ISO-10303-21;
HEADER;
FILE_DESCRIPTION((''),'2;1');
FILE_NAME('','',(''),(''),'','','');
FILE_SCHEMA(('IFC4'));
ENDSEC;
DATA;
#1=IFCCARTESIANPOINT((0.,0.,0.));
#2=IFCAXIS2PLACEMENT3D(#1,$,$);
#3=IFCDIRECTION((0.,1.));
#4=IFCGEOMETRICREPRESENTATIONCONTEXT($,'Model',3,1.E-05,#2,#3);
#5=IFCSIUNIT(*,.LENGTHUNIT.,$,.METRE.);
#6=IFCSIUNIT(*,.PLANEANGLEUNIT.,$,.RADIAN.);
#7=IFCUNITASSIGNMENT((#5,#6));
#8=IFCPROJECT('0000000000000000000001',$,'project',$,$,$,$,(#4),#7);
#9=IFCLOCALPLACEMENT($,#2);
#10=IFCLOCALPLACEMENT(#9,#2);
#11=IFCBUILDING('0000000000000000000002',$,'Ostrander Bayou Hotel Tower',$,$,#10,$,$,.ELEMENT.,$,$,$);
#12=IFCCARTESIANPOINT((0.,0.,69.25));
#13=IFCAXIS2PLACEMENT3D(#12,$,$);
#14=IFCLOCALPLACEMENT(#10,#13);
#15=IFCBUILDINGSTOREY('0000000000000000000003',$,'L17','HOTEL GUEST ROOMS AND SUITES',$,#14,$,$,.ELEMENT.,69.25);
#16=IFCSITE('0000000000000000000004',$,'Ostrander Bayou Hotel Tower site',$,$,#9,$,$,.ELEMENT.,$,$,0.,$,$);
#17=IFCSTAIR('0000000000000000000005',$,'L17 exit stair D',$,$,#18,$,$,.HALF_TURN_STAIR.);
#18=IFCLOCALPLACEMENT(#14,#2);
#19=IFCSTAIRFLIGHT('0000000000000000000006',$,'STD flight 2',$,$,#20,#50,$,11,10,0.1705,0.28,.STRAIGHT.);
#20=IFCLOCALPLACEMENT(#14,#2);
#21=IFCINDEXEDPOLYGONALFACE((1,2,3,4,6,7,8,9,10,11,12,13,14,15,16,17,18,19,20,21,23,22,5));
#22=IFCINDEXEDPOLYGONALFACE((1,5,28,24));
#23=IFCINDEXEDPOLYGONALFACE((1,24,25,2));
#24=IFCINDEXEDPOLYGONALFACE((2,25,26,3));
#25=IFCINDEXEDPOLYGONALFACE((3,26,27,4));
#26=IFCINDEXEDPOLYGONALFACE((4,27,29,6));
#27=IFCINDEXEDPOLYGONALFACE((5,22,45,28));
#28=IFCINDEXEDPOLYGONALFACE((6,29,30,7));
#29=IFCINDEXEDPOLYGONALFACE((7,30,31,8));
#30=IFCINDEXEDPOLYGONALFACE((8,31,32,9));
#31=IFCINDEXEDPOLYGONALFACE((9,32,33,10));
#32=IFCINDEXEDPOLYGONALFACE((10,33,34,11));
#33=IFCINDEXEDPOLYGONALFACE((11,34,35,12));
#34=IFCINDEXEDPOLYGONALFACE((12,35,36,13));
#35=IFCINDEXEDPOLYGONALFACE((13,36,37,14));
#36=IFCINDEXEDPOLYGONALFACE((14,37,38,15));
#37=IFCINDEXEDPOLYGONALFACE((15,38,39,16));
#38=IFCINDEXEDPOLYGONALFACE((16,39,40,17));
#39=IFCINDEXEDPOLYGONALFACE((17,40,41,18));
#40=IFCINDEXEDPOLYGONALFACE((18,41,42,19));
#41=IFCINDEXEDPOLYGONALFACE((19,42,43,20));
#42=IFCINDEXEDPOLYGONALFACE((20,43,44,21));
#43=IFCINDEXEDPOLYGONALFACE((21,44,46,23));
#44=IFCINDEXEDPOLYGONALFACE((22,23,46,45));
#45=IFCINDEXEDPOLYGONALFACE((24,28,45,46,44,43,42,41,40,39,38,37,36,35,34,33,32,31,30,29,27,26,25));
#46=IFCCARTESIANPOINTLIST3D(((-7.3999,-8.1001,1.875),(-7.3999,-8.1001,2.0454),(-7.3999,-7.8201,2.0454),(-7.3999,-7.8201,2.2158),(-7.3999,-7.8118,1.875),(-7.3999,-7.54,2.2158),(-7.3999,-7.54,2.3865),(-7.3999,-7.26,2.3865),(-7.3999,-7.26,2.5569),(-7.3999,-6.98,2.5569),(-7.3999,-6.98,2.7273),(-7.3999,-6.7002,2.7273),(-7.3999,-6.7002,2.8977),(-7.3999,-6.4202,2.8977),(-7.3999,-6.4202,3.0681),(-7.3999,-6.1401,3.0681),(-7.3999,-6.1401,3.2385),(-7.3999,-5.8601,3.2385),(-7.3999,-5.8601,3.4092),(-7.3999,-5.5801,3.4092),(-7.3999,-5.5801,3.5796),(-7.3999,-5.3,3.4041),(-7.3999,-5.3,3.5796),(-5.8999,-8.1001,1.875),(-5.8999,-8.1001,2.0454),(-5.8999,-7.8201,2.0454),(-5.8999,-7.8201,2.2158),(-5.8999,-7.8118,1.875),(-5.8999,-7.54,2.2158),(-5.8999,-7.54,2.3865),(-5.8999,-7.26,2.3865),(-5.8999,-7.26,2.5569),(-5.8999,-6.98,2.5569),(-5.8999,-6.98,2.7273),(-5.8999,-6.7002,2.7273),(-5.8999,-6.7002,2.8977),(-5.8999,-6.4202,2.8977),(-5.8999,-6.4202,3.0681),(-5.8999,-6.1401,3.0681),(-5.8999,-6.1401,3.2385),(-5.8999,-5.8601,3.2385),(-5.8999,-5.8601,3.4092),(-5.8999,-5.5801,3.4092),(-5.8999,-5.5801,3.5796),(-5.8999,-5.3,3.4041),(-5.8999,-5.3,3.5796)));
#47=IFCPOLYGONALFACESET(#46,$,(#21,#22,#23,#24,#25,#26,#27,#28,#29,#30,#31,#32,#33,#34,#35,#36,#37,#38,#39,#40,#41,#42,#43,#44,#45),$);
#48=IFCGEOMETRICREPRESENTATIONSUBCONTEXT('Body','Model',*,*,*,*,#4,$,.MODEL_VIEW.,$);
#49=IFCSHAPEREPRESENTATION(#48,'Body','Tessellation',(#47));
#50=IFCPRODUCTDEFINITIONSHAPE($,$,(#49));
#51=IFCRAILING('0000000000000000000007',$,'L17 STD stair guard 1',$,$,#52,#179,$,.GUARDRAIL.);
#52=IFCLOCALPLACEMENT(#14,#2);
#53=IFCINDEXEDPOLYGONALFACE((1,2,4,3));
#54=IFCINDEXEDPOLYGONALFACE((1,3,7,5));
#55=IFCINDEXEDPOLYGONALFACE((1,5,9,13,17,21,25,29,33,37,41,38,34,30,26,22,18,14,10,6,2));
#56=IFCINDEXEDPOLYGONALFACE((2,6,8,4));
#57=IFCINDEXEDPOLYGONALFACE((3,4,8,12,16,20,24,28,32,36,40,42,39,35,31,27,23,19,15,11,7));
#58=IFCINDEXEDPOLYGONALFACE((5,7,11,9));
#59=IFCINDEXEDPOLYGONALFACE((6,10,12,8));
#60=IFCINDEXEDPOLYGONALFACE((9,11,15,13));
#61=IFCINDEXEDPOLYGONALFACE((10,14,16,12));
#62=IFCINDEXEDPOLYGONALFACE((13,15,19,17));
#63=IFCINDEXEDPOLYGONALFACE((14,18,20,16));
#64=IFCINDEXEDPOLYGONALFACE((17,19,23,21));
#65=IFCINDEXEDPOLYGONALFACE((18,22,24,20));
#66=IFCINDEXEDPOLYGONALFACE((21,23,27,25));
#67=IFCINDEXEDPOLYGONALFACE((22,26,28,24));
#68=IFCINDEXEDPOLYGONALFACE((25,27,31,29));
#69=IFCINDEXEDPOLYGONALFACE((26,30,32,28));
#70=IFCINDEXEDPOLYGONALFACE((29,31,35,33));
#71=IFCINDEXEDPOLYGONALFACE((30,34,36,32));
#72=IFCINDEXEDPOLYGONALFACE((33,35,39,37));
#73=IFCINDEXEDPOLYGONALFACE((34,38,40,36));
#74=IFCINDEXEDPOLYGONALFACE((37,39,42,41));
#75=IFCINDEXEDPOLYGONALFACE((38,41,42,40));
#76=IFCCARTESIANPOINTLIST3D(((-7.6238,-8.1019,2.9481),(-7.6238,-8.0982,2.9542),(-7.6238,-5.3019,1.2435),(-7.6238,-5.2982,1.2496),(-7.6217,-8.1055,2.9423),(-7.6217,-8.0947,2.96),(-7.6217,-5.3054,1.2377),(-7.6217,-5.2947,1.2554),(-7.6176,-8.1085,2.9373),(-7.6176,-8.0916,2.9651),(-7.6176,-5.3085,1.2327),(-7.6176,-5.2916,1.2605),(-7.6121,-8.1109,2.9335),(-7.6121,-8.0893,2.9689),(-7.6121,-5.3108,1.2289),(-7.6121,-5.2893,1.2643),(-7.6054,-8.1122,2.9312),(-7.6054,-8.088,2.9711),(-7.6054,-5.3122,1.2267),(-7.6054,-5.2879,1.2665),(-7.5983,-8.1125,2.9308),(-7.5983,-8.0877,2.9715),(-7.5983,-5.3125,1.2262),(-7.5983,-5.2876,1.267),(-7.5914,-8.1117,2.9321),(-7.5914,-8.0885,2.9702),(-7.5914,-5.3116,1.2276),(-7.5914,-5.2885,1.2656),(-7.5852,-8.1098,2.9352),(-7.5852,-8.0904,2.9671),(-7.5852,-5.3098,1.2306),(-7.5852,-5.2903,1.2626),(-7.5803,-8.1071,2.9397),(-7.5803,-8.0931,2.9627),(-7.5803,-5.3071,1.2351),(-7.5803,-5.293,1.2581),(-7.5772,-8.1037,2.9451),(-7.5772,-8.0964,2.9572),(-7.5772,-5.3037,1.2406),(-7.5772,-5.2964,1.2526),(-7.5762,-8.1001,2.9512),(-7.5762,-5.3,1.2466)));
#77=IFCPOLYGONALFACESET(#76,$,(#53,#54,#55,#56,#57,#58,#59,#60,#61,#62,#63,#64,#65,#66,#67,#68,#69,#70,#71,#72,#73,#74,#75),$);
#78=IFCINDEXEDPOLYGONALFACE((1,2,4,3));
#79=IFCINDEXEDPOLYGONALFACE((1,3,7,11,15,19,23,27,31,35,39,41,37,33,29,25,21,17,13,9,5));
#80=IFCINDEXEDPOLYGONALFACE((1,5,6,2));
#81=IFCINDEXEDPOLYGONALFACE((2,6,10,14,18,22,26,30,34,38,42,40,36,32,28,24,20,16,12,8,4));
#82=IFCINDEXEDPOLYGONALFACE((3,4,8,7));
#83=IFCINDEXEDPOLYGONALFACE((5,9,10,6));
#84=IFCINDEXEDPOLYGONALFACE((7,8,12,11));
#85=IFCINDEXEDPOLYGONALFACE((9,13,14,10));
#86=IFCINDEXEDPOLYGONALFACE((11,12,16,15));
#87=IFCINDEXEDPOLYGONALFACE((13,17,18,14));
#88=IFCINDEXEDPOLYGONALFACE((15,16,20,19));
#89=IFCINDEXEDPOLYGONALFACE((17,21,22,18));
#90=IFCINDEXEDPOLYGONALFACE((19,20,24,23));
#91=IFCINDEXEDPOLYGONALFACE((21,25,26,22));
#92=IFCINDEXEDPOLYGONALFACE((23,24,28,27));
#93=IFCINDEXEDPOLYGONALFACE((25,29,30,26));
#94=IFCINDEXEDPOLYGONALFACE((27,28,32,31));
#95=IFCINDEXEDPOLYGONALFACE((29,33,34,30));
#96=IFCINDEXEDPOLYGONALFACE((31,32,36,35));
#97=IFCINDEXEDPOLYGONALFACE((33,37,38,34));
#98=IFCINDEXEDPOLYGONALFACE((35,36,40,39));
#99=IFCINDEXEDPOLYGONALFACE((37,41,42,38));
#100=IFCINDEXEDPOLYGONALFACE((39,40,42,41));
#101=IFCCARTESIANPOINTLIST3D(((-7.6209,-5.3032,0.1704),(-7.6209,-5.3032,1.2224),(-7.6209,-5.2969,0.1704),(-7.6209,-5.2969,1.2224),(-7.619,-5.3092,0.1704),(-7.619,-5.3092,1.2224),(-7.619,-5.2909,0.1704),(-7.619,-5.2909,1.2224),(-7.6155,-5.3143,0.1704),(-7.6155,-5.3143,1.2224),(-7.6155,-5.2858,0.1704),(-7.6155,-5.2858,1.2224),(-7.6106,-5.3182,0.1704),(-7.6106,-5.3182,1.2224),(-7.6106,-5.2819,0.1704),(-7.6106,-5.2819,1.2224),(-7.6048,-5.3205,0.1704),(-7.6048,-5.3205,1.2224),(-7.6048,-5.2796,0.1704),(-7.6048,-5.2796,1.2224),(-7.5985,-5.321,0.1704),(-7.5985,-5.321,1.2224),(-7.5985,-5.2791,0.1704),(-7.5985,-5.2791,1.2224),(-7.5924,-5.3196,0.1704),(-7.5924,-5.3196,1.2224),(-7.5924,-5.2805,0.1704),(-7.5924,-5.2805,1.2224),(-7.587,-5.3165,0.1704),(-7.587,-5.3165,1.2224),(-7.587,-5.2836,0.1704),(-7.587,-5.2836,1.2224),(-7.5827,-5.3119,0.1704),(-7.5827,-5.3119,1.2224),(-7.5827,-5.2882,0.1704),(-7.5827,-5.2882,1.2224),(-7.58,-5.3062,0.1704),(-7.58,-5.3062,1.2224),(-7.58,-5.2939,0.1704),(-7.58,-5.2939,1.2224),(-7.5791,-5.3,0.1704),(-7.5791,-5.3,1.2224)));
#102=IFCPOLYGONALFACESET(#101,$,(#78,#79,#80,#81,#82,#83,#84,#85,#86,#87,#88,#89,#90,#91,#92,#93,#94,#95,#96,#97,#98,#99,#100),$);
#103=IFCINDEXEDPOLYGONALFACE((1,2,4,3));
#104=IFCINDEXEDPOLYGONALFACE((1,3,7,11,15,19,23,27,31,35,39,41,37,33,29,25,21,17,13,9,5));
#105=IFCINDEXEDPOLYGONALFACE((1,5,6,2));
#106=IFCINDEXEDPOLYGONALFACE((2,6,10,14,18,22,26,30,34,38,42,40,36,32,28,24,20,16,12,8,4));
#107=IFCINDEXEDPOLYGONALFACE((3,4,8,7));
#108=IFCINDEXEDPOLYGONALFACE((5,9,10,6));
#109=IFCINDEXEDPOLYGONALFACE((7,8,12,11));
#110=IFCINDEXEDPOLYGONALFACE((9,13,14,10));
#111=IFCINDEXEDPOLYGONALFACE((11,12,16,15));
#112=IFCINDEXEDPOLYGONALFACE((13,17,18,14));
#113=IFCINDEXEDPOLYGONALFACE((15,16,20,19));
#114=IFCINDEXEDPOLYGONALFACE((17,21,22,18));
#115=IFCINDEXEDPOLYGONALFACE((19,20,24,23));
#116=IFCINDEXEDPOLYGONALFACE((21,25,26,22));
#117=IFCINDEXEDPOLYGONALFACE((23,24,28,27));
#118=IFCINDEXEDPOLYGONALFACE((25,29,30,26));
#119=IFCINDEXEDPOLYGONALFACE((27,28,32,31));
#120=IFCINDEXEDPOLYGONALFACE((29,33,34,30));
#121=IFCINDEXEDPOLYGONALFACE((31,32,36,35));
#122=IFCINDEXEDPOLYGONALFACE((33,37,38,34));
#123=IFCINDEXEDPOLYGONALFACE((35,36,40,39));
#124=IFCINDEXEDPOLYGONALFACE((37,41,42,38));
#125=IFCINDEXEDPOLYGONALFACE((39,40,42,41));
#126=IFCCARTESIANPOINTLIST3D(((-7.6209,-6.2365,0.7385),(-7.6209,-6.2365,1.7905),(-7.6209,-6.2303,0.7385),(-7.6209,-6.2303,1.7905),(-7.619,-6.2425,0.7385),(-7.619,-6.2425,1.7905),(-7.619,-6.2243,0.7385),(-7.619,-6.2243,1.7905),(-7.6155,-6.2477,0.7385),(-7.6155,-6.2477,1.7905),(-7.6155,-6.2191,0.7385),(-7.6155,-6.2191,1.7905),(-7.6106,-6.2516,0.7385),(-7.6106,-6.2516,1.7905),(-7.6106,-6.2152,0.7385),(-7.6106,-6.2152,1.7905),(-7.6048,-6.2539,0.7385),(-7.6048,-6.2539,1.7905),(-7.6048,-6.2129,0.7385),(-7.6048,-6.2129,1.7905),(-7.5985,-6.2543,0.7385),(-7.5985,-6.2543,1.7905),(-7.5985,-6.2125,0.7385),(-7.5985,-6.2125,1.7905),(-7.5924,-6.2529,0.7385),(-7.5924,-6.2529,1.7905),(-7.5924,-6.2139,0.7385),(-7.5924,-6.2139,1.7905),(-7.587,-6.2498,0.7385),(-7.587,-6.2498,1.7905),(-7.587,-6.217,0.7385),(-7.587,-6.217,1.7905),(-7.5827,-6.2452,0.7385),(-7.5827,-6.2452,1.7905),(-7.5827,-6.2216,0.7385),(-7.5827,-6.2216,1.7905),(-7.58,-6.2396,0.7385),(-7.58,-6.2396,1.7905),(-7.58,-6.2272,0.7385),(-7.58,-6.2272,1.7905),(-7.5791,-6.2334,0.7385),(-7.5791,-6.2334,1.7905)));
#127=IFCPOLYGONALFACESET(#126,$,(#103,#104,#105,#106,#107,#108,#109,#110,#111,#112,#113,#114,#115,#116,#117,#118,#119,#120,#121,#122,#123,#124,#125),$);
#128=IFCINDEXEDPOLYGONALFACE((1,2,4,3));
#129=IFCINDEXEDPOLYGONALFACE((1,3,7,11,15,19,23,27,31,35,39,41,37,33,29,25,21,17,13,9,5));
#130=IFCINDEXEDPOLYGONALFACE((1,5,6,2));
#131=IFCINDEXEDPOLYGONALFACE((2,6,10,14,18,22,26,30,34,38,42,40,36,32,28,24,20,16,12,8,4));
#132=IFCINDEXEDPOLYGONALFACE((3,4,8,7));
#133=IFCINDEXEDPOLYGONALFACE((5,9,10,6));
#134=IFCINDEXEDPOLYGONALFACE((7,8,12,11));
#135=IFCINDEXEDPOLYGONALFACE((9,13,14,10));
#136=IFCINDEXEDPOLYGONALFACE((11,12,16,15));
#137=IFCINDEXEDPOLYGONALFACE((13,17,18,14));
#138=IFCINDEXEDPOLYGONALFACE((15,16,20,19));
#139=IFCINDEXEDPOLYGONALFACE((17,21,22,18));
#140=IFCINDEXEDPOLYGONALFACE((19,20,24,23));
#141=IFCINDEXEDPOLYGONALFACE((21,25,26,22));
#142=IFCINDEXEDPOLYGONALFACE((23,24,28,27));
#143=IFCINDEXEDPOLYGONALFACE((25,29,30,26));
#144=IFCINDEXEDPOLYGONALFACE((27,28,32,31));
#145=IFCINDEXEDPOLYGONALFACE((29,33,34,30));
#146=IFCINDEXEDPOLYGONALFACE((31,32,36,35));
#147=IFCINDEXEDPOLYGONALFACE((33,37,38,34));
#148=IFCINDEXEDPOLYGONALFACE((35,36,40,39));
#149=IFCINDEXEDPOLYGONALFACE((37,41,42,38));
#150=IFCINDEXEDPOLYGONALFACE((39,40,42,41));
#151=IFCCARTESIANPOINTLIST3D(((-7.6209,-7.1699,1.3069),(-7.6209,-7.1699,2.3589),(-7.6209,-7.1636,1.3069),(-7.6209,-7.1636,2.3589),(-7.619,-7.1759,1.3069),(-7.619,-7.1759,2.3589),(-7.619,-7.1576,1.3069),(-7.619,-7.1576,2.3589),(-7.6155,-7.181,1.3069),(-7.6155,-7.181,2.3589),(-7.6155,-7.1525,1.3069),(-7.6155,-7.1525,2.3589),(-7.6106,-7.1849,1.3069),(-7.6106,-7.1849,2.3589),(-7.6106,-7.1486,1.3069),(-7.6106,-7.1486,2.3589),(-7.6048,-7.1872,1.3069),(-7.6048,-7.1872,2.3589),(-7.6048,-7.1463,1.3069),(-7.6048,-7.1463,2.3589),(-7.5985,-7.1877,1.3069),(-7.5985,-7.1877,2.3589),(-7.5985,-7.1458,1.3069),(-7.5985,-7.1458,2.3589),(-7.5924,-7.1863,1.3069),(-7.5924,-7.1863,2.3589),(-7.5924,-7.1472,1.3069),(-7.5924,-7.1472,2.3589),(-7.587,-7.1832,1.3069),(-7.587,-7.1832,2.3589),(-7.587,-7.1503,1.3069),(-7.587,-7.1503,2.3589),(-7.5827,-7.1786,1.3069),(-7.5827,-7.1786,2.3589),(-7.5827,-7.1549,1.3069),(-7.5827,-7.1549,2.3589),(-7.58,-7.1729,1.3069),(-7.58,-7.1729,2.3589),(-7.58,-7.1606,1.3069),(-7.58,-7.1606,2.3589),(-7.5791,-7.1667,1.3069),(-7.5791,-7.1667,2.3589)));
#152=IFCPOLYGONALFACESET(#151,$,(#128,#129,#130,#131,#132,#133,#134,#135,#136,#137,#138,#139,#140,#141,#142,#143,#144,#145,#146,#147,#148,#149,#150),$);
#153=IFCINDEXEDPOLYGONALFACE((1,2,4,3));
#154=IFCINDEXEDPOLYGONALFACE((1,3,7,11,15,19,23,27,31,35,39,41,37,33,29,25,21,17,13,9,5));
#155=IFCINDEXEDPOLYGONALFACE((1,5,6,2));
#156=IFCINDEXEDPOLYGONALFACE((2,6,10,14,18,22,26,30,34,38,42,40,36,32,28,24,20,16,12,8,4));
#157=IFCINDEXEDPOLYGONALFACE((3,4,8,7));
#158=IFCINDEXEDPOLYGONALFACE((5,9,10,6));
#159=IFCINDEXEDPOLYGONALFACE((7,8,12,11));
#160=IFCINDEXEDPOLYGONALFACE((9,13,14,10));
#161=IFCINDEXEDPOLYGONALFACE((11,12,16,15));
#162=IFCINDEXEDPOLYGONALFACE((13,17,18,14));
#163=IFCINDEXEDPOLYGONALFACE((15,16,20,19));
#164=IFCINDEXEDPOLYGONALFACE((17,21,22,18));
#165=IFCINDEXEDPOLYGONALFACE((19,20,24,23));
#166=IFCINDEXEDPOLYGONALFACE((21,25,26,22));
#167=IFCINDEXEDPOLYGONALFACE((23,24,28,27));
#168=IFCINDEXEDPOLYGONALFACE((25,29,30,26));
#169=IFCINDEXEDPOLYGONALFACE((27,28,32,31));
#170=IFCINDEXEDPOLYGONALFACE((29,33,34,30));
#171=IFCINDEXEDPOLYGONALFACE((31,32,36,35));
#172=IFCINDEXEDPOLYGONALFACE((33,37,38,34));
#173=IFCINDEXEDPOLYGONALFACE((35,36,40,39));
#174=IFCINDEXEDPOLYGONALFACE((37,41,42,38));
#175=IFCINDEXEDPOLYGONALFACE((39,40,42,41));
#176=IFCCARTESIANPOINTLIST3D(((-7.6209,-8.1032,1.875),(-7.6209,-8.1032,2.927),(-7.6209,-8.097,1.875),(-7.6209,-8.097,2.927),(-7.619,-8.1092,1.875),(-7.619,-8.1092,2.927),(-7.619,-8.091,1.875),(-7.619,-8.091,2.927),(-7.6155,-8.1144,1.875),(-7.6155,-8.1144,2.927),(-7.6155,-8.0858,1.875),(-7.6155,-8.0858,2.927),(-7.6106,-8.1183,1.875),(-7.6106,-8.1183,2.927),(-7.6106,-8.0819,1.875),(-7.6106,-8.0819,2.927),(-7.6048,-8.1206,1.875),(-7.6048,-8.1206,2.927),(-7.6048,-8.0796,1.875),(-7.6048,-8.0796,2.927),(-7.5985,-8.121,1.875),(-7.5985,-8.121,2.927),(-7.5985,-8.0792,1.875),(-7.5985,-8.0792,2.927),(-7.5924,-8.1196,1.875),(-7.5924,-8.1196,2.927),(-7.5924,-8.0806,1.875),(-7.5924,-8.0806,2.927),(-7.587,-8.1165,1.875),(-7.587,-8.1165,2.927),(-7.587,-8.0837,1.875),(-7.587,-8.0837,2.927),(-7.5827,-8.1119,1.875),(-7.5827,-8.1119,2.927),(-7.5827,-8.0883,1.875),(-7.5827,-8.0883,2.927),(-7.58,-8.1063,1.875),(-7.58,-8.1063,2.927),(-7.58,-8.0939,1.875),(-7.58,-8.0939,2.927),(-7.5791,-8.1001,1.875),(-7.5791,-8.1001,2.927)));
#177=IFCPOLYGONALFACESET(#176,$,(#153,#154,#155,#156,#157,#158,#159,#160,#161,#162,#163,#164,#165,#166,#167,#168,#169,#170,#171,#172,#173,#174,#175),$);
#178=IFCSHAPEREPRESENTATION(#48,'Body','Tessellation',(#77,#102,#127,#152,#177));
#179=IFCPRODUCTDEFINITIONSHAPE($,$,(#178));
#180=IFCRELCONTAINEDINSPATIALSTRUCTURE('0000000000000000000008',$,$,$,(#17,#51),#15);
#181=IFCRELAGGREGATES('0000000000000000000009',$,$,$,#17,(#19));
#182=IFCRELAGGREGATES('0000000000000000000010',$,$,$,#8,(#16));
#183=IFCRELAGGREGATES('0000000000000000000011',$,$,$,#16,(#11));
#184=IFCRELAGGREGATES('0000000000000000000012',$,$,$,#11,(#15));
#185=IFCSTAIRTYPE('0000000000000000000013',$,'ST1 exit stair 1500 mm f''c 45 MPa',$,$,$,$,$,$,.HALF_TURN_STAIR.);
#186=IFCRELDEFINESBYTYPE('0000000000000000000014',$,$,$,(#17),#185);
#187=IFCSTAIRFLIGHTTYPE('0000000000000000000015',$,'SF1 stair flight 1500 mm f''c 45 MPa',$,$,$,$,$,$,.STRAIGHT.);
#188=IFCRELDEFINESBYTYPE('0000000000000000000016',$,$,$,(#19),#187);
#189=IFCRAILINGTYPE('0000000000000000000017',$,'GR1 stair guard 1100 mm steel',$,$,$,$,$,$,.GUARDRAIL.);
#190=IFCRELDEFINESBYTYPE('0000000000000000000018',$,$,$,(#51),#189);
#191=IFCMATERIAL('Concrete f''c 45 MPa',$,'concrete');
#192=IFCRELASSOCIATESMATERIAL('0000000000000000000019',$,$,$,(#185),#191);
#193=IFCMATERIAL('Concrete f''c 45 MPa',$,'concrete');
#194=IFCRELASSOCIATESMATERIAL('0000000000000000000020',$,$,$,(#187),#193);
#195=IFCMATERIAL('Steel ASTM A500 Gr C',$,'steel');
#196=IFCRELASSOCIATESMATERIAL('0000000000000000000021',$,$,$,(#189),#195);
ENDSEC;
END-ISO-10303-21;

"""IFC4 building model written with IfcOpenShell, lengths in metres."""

from ifc_helpers import new_model, si_unit, direction, frame, origin, origin_2d, place, context, subcontext, project, spatial, polyline, circle, outline, extrude, material, type_object, element, aggregate, save


model = new_model("IFC4")

# Units and contexts
model_context = context("Model", 3, precision=1e-05, world=origin(), true_north=direction((0.0, 1.0)))
body_context = subcontext(model_context, "Body", "Model", "MODEL_VIEW")
ifc_project = project(units=[si_unit("LENGTHUNIT", "METRE"), si_unit("PLANEANGLEUNIT", "RADIAN")], contexts=[model_context])

# Site, building, storey
site_placement = place(None, origin())
site = spatial("IfcSite", under=ifc_project, at=site_placement, Name="Ostrander Bayou Hotel Tower site", CompositionType="ELEMENT", RefElevation=0.0)
building_placement = place(site_placement, origin())
building = spatial("IfcBuilding", under=site, at=building_placement, Name="Ostrander Bayou Hotel Tower", CompositionType="ELEMENT")
storey_placement = place(building_placement, frame((0.0, 0.0, 69.25)))
storey = spatial("IfcBuildingStorey", under=building, at=storey_placement, Name="L17", Description="HOTEL GUEST ROOMS AND SUITES", CompositionType="ELEMENT", Elevation=69.25)

# Stair, stair flight
ifc_material_1 = material(Name="Concrete f'c 45 MPa", Category="concrete")
stair_type = type_object("IfcStairType", Name="ST1 exit stair 1500 mm f'c 45 MPa", PredefinedType="HALF_TURN_STAIR", material=ifc_material_1)
stair_placement = place(storey_placement, origin())
stair = element("IfcStair", 1, at=stair_placement, inside=storey, type_object=stair_type, Name="L17 exit stair D", PredefinedType="HALF_TURN_STAIR")
ifc_material_2 = material(Name="Concrete f'c 45 MPa", Category="concrete")
stair_flight_type = type_object("IfcStairFlightType", Name="SF1 stair flight 1500 mm f'c 45 MPa", PredefinedType="STRAIGHT", material=ifc_material_2)
stair_flight_1_placement = place(storey_placement, frame((-6.6499, -8.1001, 1.875), z_axis=(0.0, 0.0, 1.0), x_axis=(0.0, 1.0, 0.0)))
stair_flight_1 = element("IfcStairFlight", 2, at=stair_flight_1_placement, type_object=stair_flight_type, Name="STD flight 2", NumberOfRisers=11, NumberOfTreads=10, PredefinedType="STRAIGHT", RiserHeight=0.1705, TreadLength=0.28, context=body_context, shape_type="SweptSolid", body=[
    extrude(outline(polyline([(0.0, 0.0), (0.0, 0.1704), (0.28, 0.1704), (0.28, 0.3408), (0.5601, 0.3408), (0.5601, 0.5115), (0.8401, 0.5115), (0.8401, 0.6819), (1.1201, 0.6819), (1.1201, 0.8523), (1.3999, 0.8523), (1.3999, 1.0227), (1.6799, 1.0227), (1.6799, 1.1931), (1.96, 1.1931), (1.96, 1.3635), (2.24, 1.3635), (2.24, 1.5342), (2.52, 1.5342), (2.52, 1.7046), (2.8, 1.7046), (2.8, 1.875), (2.8, 1.5291), (0.2883, 0.0), (0.0, 0.0)])), frame((0.0, 0.75, 0.0), z_axis=(0.0, -1.0, 0.0), x_axis=(1.0, 0.0, 0.0)), (0.0, 0.0, 1.0), 1.5),
])
aggregate(stair, [stair_flight_1])

# Railing
ifc_material_3 = material(Name="Steel ASTM A500 Gr C", Category="steel")
railing_type_1 = type_object("IfcRailingType", Name="GR1 stair guard 1100 mm steel", PredefinedType="GUARDRAIL", material=ifc_material_3)
railing_1_placement = place(storey_placement, frame((-7.6001, -5.3, 0.1704)))
element("IfcRailing", 3, at=railing_1_placement, inside=storey, type_object=railing_type_1, Name="L17 STD stair guard 1", PredefinedType="GUARDRAIL", context=body_context, shape_type="SweptSolid", body=[
    extrude(circle(Radius=0.0239, at=origin_2d()), frame((0.0, 0.0, 1.0762), z_axis=(0.0, -0.85417, 0.519994), x_axis=(1.0, 0.0, 0.0)), (0.0, 0.0, 1.0), 3.2781),
    extrude(circle(Radius=0.021, at=origin_2d()), origin(), (0.0, 0.0, 1.0), 1.052),
    extrude(circle(Radius=0.021, at=origin_2d()), frame((0.0, -0.9333, 0.5681)), (0.0, 0.0, 1.0), 1.052),
    extrude(circle(Radius=0.021, at=origin_2d()), frame((0.0, -1.8667, 1.1365)), (0.0, 0.0, 1.0), 1.052),
    extrude(circle(Radius=0.021, at=origin_2d()), frame((0.0, -2.8, 1.7046)), (0.0, 0.0, 1.0), 1.052),
])

save(model, "model.ifc")
